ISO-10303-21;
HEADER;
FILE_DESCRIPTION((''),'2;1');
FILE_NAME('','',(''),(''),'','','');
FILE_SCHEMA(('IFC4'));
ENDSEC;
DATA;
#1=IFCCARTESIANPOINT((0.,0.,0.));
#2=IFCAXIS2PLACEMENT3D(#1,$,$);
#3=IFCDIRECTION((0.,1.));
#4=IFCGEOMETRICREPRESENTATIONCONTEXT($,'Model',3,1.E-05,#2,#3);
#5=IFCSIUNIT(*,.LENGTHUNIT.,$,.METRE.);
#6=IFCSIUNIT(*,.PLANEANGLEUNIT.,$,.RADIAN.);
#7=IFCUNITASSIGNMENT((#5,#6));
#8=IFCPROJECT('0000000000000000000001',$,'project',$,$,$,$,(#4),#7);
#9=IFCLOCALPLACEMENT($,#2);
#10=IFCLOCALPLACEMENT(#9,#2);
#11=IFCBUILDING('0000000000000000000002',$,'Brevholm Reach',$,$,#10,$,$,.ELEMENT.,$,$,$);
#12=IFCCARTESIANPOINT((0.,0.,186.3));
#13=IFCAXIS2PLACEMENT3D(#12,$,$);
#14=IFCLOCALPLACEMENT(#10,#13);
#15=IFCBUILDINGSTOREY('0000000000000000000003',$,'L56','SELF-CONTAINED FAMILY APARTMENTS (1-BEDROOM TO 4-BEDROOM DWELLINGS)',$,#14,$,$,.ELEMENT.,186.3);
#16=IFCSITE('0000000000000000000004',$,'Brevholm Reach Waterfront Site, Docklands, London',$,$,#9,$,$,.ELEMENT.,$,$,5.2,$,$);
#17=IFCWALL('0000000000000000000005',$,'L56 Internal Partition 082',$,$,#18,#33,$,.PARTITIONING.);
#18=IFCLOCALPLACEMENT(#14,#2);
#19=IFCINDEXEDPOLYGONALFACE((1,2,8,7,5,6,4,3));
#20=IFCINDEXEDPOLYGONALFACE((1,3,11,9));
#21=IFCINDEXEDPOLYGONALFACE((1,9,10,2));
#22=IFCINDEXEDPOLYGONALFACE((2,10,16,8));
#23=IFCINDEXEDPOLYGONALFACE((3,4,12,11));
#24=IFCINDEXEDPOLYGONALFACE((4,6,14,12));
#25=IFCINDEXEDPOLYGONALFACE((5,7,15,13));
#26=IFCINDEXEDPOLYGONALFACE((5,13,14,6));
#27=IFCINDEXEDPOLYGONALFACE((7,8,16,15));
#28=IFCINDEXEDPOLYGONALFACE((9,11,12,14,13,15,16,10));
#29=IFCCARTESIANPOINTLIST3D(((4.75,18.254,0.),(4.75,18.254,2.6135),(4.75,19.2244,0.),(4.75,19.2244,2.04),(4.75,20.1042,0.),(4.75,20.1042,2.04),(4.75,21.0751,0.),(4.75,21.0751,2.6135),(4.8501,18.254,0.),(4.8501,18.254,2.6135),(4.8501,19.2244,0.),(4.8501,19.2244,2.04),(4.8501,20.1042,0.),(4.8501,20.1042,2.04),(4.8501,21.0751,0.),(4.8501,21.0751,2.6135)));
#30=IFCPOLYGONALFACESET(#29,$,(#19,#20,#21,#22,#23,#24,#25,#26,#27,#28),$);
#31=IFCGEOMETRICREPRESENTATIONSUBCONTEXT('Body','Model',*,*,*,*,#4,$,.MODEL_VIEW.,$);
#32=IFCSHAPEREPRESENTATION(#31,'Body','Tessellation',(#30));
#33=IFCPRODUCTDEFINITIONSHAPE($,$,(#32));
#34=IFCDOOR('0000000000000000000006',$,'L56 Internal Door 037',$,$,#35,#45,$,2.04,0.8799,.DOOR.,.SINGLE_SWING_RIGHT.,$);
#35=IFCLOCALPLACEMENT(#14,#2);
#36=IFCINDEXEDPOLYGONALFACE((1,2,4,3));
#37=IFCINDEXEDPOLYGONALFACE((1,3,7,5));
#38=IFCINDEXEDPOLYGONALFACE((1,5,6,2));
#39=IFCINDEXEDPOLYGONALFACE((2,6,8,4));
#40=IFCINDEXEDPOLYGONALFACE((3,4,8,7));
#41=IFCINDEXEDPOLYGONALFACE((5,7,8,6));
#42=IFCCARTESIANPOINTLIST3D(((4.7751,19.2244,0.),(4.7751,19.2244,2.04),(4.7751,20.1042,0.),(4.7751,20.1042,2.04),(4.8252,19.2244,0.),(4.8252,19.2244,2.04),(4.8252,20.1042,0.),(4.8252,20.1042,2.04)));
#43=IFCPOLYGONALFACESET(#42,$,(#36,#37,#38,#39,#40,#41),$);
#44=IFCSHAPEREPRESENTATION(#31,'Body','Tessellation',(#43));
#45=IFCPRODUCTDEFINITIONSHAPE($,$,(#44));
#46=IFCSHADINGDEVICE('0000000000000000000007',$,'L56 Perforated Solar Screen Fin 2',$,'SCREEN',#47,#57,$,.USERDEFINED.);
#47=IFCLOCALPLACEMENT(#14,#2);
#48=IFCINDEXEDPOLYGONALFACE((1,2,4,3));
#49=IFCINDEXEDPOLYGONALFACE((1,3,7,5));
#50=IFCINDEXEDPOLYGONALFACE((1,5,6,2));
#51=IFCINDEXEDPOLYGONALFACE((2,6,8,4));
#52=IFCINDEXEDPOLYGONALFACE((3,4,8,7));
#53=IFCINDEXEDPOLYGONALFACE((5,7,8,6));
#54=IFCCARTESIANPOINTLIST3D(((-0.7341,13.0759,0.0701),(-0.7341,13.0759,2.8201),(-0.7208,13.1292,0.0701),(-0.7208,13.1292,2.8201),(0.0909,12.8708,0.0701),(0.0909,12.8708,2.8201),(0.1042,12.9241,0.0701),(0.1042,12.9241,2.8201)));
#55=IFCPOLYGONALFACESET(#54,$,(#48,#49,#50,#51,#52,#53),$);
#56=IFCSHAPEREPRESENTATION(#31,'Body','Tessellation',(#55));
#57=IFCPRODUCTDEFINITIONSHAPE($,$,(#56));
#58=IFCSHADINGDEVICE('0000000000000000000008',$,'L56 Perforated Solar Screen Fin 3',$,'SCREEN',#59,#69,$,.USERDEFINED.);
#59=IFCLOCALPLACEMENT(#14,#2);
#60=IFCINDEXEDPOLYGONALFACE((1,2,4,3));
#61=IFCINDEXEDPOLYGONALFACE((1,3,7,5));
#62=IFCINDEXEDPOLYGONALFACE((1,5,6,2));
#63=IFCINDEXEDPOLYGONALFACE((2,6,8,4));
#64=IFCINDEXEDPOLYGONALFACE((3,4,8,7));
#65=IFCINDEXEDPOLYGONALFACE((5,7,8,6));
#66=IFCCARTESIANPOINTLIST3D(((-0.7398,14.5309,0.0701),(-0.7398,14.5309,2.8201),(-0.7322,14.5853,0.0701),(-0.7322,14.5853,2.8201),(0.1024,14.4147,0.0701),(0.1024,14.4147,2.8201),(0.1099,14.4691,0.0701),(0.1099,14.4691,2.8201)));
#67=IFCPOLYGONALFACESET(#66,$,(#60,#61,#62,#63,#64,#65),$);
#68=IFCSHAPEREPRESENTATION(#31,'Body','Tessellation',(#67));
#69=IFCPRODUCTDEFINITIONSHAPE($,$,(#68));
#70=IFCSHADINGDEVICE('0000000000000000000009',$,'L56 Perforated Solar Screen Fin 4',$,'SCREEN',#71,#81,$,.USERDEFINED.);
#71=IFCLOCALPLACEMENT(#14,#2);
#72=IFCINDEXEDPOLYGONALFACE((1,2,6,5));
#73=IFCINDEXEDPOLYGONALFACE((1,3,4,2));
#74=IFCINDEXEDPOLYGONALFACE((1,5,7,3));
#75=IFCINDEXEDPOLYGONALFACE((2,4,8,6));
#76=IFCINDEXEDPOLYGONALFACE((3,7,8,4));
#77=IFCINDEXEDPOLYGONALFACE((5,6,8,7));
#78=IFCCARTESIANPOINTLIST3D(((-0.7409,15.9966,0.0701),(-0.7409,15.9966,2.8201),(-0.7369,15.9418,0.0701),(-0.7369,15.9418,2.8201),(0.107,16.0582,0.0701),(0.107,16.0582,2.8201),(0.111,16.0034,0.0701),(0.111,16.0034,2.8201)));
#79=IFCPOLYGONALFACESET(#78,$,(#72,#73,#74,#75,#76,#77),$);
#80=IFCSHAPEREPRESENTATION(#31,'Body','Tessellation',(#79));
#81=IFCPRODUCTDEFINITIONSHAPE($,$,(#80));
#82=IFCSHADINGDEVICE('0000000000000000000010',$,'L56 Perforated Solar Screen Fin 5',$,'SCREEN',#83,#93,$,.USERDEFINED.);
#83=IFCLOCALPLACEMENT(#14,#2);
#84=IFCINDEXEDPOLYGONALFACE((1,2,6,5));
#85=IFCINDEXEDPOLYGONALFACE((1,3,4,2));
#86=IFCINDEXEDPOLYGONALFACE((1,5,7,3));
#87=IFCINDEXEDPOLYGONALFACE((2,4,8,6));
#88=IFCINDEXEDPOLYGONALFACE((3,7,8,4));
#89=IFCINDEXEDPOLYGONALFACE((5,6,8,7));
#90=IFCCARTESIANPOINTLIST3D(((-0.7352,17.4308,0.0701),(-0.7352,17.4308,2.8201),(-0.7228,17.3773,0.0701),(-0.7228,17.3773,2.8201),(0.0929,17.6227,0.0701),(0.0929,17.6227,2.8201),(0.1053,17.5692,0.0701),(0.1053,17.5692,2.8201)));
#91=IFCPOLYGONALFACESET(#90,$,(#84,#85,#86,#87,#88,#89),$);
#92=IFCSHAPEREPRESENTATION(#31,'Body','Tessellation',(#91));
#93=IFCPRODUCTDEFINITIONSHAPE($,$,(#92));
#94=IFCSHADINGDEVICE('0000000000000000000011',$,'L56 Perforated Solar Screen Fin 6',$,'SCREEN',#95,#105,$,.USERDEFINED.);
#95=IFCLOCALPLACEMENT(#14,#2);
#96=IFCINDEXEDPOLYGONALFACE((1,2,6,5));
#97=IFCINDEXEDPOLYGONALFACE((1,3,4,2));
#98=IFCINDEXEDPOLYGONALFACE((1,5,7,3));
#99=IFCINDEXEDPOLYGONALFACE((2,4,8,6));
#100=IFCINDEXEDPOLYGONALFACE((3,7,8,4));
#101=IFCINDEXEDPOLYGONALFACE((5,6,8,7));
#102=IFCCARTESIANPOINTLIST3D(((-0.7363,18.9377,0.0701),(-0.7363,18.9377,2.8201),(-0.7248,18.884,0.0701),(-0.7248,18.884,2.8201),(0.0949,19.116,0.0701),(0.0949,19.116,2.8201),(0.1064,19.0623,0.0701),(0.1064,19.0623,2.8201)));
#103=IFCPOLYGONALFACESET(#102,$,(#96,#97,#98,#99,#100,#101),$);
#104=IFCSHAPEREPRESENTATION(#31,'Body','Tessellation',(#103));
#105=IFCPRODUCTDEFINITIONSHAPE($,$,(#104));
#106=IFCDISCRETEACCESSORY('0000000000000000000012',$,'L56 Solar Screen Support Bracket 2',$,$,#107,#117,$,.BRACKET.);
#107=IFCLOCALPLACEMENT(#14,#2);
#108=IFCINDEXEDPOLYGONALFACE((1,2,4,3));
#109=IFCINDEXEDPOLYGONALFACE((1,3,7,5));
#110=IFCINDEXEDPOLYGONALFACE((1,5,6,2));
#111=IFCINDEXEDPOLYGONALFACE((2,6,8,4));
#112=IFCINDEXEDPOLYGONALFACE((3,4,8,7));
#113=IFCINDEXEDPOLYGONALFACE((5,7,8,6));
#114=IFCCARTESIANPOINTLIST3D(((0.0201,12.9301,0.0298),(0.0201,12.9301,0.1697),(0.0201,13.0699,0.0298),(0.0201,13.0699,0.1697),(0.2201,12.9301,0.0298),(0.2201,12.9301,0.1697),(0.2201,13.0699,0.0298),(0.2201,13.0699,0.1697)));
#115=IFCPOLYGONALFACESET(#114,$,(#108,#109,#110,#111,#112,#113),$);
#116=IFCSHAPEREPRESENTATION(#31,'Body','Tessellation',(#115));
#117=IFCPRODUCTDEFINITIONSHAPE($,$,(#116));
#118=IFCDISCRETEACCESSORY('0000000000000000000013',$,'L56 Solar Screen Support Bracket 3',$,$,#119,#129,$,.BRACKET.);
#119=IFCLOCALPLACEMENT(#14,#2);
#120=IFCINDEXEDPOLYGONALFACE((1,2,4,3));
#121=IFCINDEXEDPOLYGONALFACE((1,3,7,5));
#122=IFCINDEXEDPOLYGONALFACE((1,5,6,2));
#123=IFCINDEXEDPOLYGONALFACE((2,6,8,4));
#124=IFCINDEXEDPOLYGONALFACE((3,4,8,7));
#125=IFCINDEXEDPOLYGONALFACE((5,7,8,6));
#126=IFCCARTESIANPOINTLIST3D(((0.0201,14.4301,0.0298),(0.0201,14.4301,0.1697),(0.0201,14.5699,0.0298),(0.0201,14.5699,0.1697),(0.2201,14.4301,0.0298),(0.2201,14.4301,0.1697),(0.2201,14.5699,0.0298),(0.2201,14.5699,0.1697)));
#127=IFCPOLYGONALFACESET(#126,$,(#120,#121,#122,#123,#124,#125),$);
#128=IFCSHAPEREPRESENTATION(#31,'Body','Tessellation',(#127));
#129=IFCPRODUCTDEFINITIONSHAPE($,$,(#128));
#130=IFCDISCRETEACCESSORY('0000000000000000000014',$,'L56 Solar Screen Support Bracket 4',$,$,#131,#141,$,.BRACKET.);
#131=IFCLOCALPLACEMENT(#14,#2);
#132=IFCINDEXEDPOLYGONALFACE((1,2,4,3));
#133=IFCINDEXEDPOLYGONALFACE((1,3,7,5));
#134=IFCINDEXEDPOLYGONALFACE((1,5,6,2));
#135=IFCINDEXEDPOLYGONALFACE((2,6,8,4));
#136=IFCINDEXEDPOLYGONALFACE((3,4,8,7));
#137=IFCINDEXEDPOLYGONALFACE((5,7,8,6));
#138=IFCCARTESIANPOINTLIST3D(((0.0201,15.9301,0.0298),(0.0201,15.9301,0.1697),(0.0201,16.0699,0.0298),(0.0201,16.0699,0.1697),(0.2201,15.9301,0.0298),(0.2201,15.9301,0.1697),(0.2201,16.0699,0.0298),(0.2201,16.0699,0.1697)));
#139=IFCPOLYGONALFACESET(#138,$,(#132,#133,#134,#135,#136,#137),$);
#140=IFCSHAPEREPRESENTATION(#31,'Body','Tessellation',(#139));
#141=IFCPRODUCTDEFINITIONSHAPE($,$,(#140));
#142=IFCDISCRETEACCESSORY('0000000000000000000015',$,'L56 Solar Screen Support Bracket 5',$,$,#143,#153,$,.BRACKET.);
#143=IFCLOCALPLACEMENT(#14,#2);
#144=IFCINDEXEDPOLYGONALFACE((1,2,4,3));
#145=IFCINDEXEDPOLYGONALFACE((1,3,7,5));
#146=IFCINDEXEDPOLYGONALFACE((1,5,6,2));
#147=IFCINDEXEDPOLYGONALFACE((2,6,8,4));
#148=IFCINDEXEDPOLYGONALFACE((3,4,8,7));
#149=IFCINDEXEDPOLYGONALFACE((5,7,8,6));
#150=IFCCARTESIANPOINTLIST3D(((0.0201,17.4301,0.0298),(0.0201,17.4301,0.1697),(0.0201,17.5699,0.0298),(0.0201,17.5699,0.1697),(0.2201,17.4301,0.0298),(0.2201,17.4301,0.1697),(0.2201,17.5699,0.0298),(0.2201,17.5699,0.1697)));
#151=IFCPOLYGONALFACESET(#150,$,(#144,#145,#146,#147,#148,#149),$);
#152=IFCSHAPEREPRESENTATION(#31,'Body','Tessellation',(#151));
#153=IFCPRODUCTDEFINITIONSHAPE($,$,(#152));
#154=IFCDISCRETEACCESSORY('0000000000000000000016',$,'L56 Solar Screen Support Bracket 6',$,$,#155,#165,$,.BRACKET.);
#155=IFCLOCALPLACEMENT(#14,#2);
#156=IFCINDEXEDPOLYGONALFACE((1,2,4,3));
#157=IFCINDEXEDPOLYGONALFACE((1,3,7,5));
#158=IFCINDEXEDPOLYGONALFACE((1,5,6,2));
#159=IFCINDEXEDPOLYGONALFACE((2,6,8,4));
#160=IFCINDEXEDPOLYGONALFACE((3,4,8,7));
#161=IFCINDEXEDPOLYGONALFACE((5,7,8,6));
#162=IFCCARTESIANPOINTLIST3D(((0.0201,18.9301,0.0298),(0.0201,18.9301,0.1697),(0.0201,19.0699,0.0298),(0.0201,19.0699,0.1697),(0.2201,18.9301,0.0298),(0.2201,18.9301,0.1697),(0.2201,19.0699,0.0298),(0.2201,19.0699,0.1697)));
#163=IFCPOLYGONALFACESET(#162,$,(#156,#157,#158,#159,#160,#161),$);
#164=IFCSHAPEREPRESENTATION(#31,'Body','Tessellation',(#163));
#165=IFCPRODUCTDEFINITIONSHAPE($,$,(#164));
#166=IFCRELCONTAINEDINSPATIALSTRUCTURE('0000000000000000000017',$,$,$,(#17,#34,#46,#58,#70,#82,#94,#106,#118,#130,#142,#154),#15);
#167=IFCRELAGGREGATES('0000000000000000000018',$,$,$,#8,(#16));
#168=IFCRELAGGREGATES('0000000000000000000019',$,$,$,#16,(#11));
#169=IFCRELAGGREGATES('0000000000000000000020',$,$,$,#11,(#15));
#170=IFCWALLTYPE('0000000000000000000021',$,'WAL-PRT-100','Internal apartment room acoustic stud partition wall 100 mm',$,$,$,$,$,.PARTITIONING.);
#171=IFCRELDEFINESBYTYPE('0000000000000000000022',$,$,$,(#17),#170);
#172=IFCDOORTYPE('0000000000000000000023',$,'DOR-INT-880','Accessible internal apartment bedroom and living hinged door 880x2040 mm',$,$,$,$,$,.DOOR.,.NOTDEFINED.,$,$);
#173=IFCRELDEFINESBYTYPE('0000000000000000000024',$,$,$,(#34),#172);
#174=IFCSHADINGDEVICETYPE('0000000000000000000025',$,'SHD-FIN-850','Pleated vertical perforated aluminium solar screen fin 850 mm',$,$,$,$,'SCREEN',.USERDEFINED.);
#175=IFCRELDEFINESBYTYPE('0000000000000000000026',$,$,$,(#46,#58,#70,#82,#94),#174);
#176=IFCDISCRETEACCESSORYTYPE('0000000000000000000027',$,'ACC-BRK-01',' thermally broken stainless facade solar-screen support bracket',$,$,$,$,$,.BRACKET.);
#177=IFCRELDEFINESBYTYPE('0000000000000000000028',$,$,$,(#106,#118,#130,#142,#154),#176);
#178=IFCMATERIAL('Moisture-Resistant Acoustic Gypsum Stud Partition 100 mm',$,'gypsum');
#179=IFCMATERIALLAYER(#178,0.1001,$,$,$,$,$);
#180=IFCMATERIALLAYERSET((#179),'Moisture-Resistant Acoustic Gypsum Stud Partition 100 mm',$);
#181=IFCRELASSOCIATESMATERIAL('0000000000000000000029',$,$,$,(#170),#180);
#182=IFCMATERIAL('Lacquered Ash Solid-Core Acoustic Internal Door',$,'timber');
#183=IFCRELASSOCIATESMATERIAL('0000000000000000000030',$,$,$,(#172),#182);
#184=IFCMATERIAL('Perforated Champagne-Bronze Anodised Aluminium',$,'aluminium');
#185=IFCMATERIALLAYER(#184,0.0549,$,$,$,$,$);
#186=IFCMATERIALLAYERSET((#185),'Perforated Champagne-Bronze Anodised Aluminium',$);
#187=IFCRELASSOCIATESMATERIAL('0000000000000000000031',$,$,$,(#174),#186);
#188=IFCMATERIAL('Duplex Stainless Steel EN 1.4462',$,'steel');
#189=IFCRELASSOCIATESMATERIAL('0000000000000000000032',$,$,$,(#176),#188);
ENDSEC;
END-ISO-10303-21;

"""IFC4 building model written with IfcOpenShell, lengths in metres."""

from ifc_helpers import new_model, si_unit, direction, frame, frame_2d, origin, origin_2d, place, context, subcontext, project, spatial, rectangle, extrude, material, layer, layer_set, type_object, element, fill, save


model = new_model("IFC4")

# Units and contexts
model_context = context("Model", 3, precision=1e-05, world=origin(), true_north=direction((0.0, 1.0)))
body_context = subcontext(model_context, "Body", "Model", "MODEL_VIEW")
ifc_project = project(units=[si_unit("LENGTHUNIT", "METRE"), si_unit("PLANEANGLEUNIT", "RADIAN")], contexts=[model_context])

# Site, building, storey
site_placement = place(None, origin())
site = spatial("IfcSite", under=ifc_project, at=site_placement, Name="Brevholm Reach Waterfront Site, Docklands, London", CompositionType="ELEMENT", RefElevation=5.2)
building_placement = place(site_placement, origin())
building = spatial("IfcBuilding", under=site, at=building_placement, Name="Brevholm Reach", CompositionType="ELEMENT")
storey_placement = place(building_placement, frame((0.0, 0.0, 186.3)))
storey = spatial("IfcBuildingStorey", under=building, at=storey_placement, Name="L56", Description="SELF-CONTAINED FAMILY APARTMENTS (1-BEDROOM TO 4-BEDROOM DWELLINGS)", CompositionType="ELEMENT", Elevation=186.3)

# Shared definitions
ifc_material_1 = material(Name="Moisture-Resistant Acoustic Gypsum Stud Partition 100 mm", Category="gypsum")
ifc_layer_1 = layer(ifc_material_1, 0.1001)
ifc_layer_set_1 = layer_set([ifc_layer_1], Name="Moisture-Resistant Acoustic Gypsum Stud Partition 100 mm")
wall_type = type_object("IfcWallType", Name="WAL-PRT-100", Description="Internal apartment room acoustic stud partition wall 100 mm", PredefinedType="PARTITIONING", material=ifc_layer_set_1)

# Wall, opening, door
ifc_material_2 = material(Name="Lacquered Ash Solid-Core Acoustic Internal Door", Category="timber")
door_type = type_object("IfcDoorType", Name="DOR-INT-880", Description="Accessible internal apartment bedroom and living hinged door 880x2040 mm", OperationType="NOTDEFINED", PredefinedType="DOOR", material=ifc_material_2)
wall_1_placement = place(storey_placement, frame((4.8, 18.2539, 0.0), z_axis=(0.0, 0.0, 1.0), x_axis=(0.0, 1.0, 0.0)))
wall_1 = element("IfcWall", 1, at=wall_1_placement, inside=storey, type_object=wall_type, Name="L56 Internal Partition 082", PredefinedType="PARTITIONING", context=body_context, shape_type="SweptSolid", body=[
    extrude(rectangle(XDim=2.821, YDim=0.1001, at=frame_2d((1.4106, 0.0))), origin(), (0.0, 0.0, 1.0), 2.6135),
])
opening_1_placement = place(wall_1_placement, frame((0.9705, 0.0, 0.0)))
opening_1 = element("IfcOpeningElement", 2, at=opening_1_placement, cuts=wall_1, PredefinedType="OPENING", context=body_context, shape_type="SweptSolid", body=[
    extrude(rectangle(XDim=0.8799, YDim=2.04, at=frame_2d((0.4399, 1.02))), frame((0.0, 0.0601, 0.0), z_axis=(0.0, -1.0, 0.0), x_axis=(1.0, 0.0, 0.0)), (0.0, 0.0, 1.0), 0.1201),
])
door_1_placement = place(opening_1_placement, origin())
door_1 = element("IfcDoor", 3, at=door_1_placement, inside=storey, type_object=door_type, Name="L56 Internal Door 037", OperationType="SINGLE_SWING_RIGHT", OverallHeight=2.04, OverallWidth=0.8799, PredefinedType="DOOR", context=body_context, shape_type="SweptSolid", body=[
    extrude(rectangle(XDim=0.8799, YDim=2.04, at=frame_2d((0.4399, 1.02))), frame((0.0, 0.0249, 0.0), z_axis=(0.0, -1.0, 0.0), x_axis=(1.0, 0.0, 0.0)), (0.0, 0.0, 1.0), 0.05),
])
fill(opening_1, door_1)

# Shading devices
ifc_material_3 = material(Name="Perforated Champagne-Bronze Anodised Aluminium", Category="aluminium")
ifc_layer_2 = layer(ifc_material_3, 0.0549)
ifc_layer_set_2 = layer_set([ifc_layer_2], Name="Perforated Champagne-Bronze Anodised Aluminium")
shading_device_type = type_object("IfcShadingDeviceType", Name="SHD-FIN-850", Description="Pleated vertical perforated aluminium solar screen fin 850 mm", ElementType="SCREEN", PredefinedType="USERDEFINED", material=ifc_layer_set_2)
for number, where, z_axis, x_axis, name in (
    (4, (-0.3149, 13.0, 0.0701), (0.0, 0.0, 1.0), (-0.970473, 0.241211, 0.0), "L56 Perforated Solar Screen Fin 2"),
    (5, (-0.3149, 14.5, 0.0701), (0.0, 0.0, 1.0), (-0.99061, 0.136718, 0.0), "L56 Perforated Solar Screen Fin 3"),
    (6, (-0.3149, 16.0, 0.0701), (0.0, 0.0, 1.0), (-0.997367, -0.072525, 0.0), "L56 Perforated Solar Screen Fin 4"),
    (7, (-0.3149, 17.5, 0.0701), (0.0, 0.0, 1.0), (-0.974193, -0.225716, 0.0), "L56 Perforated Solar Screen Fin 5"),
    (8, (-0.3149, 19.0, 0.0701), (0.0, 0.0, 1.0), (-0.977758, -0.209738, 0.0), "L56 Perforated Solar Screen Fin 6"),
):
    element("IfcShadingDevice", number, at=place(storey_placement, frame(where, z_axis=z_axis, x_axis=x_axis)), inside=storey, type_object=shading_device_type, Name=name, ObjectType="SCREEN", PredefinedType="USERDEFINED", context=body_context, shape_type="SweptSolid", body=[
        extrude(rectangle(XDim=0.8501, YDim=0.0549, at=origin_2d()), origin(), (0.0, 0.0, 1.0), 2.75),
    ])

# Discrete accessories
ifc_material_4 = material(Name="Duplex Stainless Steel EN 1.4462", Category="steel")
discrete_accessory_type = type_object("IfcDiscreteAccessoryType", Name="ACC-BRK-01", Description=" thermally broken stainless facade solar-screen support bracket", PredefinedType="BRACKET", material=ifc_material_4)
for number, where, z_axis, x_axis, name in (
    (9, (0.1201, 13.0, 0.0298), (0.0, 0.0, 1.0), (-1.0, 0.0, 0.0), "L56 Solar Screen Support Bracket 2"),
    (10, (0.1201, 14.5, 0.0298), (0.0, 0.0, 1.0), (-1.0, 0.0, 0.0), "L56 Solar Screen Support Bracket 3"),
    (11, (0.1201, 16.0, 0.0298), (0.0, 0.0, 1.0), (-1.0, 0.0, 0.0), "L56 Solar Screen Support Bracket 4"),
    (12, (0.1201, 17.5, 0.0298), (0.0, 0.0, 1.0), (-1.0, 0.0, 0.0), "L56 Solar Screen Support Bracket 5"),
    (13, (0.1201, 19.0, 0.0298), (0.0, 0.0, 1.0), (-1.0, 0.0, 0.0), "L56 Solar Screen Support Bracket 6"),
):
    element("IfcDiscreteAccessory", number, at=place(storey_placement, frame(where, z_axis=z_axis, x_axis=x_axis)), inside=storey, type_object=discrete_accessory_type, Name=name, PredefinedType="BRACKET", context=body_context, shape_type="SweptSolid", body=[
        extrude(rectangle(XDim=0.2, YDim=0.1399, at=origin_2d()), origin(), (0.0, 0.0, 1.0), 0.1399),
    ])

save(model, "model.ifc")
